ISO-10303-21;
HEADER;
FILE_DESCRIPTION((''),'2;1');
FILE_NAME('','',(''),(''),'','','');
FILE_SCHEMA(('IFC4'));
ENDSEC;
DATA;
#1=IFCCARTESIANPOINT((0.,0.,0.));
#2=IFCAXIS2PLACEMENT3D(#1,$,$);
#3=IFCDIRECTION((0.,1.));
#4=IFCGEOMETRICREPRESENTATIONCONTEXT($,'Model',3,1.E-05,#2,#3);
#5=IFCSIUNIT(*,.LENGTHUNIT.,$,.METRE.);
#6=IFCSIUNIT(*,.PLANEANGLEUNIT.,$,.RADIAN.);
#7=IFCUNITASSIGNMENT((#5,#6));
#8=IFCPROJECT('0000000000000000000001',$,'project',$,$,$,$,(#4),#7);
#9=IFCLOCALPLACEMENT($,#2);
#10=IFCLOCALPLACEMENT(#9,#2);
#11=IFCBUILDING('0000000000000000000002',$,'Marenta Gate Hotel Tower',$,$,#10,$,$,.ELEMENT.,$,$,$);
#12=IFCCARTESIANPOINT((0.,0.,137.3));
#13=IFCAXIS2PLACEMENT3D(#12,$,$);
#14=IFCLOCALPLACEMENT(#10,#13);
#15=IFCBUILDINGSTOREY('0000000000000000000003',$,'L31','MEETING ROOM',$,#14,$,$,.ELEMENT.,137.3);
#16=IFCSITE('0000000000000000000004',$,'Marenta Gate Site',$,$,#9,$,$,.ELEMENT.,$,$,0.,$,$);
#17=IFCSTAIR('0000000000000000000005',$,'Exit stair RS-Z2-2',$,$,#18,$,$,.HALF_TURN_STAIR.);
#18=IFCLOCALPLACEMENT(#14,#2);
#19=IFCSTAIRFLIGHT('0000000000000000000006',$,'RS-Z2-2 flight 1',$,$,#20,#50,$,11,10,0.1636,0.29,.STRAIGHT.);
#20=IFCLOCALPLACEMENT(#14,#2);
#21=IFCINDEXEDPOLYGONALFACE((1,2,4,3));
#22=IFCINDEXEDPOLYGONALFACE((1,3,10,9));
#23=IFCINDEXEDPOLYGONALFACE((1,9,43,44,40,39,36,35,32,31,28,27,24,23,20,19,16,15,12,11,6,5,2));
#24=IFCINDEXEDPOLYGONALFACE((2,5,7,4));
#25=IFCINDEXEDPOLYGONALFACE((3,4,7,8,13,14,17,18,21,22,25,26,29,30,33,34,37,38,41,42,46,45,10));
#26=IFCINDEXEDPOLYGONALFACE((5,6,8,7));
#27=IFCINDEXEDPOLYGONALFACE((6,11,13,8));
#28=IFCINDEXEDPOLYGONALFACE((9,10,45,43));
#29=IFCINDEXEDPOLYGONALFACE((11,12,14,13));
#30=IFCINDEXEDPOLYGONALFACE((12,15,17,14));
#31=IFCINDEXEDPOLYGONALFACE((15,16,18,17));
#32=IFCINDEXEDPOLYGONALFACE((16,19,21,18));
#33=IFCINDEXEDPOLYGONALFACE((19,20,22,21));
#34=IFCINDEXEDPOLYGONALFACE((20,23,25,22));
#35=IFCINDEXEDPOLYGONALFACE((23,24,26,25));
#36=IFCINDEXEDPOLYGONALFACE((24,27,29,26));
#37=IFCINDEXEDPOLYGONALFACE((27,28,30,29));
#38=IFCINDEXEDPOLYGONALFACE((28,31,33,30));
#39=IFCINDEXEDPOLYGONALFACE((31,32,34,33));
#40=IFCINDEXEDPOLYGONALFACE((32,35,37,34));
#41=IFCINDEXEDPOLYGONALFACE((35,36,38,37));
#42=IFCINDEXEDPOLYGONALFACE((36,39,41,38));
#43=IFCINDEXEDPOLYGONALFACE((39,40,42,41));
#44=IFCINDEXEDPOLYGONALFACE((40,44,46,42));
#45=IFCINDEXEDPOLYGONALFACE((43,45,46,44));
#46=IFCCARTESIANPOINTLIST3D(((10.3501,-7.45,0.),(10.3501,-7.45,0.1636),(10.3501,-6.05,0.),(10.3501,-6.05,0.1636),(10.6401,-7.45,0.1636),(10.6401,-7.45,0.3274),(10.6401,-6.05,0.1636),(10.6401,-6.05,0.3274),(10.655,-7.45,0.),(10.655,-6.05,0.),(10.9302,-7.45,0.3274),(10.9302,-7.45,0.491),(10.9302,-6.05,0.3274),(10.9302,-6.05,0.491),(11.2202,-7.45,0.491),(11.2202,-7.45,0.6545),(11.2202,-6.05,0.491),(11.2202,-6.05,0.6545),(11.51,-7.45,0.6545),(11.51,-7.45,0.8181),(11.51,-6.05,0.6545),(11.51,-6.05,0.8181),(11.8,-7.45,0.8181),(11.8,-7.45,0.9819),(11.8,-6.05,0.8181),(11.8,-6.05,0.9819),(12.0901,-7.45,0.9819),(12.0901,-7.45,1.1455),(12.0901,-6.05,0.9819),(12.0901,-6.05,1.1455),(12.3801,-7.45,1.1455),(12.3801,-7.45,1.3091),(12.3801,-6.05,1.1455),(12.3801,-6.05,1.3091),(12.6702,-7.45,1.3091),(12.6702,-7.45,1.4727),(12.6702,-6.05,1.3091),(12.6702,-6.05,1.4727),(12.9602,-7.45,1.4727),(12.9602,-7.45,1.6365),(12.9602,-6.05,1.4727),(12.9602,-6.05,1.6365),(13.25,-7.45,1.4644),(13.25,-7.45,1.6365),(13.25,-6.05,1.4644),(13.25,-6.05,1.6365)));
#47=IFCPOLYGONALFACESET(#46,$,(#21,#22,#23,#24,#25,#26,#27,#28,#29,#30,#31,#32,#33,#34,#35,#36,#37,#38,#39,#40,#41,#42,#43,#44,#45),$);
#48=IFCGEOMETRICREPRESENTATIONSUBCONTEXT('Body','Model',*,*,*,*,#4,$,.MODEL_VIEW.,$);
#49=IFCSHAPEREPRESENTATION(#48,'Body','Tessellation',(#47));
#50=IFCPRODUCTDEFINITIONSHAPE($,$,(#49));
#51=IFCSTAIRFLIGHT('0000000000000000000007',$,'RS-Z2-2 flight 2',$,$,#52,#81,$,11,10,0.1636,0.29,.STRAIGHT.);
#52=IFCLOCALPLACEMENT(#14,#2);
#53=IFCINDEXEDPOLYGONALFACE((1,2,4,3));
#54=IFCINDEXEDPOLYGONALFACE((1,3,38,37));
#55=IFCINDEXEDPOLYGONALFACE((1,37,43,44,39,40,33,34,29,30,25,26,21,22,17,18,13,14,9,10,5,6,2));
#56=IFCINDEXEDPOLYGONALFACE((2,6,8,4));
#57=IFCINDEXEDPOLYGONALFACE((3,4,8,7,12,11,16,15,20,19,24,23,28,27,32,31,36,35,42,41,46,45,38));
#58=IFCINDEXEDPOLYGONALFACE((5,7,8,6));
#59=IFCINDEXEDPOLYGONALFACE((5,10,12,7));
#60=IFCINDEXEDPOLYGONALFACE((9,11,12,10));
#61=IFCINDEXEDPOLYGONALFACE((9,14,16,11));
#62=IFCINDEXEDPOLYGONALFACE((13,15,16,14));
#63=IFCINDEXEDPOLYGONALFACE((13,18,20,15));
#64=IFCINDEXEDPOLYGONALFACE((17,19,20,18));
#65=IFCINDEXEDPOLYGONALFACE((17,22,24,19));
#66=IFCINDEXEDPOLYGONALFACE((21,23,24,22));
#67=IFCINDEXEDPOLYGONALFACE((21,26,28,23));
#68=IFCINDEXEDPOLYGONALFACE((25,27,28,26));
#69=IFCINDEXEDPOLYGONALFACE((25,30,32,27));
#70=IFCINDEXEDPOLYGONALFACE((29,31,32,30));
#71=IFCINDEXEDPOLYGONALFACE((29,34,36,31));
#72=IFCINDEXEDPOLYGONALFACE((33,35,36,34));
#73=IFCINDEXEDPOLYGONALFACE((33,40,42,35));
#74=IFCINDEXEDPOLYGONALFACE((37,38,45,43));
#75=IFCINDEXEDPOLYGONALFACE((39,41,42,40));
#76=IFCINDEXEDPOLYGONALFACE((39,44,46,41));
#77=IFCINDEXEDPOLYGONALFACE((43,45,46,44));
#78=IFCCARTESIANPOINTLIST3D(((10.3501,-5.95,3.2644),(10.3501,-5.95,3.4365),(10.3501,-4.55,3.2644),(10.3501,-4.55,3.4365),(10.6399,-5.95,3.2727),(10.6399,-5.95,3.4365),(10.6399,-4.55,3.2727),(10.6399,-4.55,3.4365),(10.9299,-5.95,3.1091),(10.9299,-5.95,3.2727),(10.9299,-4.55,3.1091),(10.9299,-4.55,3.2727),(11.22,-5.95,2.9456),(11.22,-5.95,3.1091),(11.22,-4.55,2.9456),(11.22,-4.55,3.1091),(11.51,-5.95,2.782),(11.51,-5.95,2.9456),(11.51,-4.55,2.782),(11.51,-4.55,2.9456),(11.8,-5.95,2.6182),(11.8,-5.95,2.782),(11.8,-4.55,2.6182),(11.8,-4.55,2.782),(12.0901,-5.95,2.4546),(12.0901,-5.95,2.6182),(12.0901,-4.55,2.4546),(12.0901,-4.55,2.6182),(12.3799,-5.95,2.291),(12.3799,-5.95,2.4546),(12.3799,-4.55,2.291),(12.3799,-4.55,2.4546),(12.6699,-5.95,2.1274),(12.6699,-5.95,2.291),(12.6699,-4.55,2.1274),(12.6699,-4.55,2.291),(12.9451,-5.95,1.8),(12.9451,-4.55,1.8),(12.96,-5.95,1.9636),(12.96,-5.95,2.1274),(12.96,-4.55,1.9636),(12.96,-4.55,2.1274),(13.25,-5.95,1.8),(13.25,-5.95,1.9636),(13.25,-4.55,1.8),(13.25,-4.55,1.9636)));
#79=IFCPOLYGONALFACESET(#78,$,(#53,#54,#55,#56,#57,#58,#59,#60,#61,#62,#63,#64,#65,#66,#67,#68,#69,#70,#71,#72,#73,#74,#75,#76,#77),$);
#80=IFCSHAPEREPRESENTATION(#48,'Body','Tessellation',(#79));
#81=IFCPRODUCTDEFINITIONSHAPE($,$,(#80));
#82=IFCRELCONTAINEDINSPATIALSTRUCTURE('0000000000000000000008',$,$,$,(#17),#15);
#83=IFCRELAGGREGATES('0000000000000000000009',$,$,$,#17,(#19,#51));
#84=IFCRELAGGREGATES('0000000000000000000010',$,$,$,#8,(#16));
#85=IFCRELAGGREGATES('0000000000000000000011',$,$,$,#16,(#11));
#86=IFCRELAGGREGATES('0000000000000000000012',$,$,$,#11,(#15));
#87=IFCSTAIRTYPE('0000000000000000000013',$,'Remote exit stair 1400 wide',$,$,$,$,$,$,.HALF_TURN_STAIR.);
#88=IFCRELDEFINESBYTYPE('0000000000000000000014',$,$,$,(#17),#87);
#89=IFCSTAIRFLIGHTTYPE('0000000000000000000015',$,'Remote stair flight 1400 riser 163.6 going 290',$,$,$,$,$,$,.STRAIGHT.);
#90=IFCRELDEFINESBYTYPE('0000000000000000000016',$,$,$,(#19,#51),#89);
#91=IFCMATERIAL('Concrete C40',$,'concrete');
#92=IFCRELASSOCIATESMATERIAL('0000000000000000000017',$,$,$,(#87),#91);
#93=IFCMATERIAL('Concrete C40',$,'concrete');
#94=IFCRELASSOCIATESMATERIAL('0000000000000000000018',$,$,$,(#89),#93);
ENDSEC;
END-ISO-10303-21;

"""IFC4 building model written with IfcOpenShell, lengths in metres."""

from ifc_helpers import new_model, si_unit, direction, frame, origin, place, context, subcontext, project, spatial, polyline, outline, extrude, material, type_object, element, aggregate, save


model = new_model("IFC4")

# Units and contexts
model_context = context("Model", 3, precision=1e-05, world=origin(), true_north=direction((0.0, 1.0)))
body_context = subcontext(model_context, "Body", "Model", "MODEL_VIEW")
ifc_project = project(units=[si_unit("LENGTHUNIT", "METRE"), si_unit("PLANEANGLEUNIT", "RADIAN")], contexts=[model_context])

# Site, building, storey
site_placement = place(None, origin())
site = spatial("IfcSite", under=ifc_project, at=site_placement, Name="Marenta Gate Site", CompositionType="ELEMENT", RefElevation=0.0)
building_placement = place(site_placement, origin())
building = spatial("IfcBuilding", under=site, at=building_placement, Name="Marenta Gate Hotel Tower", CompositionType="ELEMENT")
storey_placement = place(building_placement, frame((0.0, 0.0, 137.3)))
storey = spatial("IfcBuildingStorey", under=building, at=storey_placement, Name="L31", Description="MEETING ROOM", CompositionType="ELEMENT", Elevation=137.3)

# Shared definitions
ifc_material_1 = material(Name="Concrete C40", Category="concrete")
stair_type_1 = type_object("IfcStairType", Name="Remote exit stair 1400 wide", PredefinedType="HALF_TURN_STAIR", material=ifc_material_1)

# Stair, stair flights
stair_1_placement = place(storey_placement, origin())
stair_1 = element("IfcStair", 1, at=stair_1_placement, inside=storey, type_object=stair_type_1, Name="Exit stair RS-Z2-2", PredefinedType="HALF_TURN_STAIR")
ifc_material_2 = material(Name="Concrete C40", Category="concrete")
stair_flight_type = type_object("IfcStairFlightType", Name="Remote stair flight 1400 riser 163.6 going 290", PredefinedType="STRAIGHT", material=ifc_material_2)
stair_flight_1_placement = place(storey_placement, frame((10.3501, -6.75, 0.0), z_axis=(0.0, 0.0, 1.0), x_axis=(1.0, 0.0, 0.0)))
stair_flight_1 = element("IfcStairFlight", 2, at=stair_flight_1_placement, type_object=stair_flight_type, Name="RS-Z2-2 flight 1", NumberOfRisers=11, NumberOfTreads=10, PredefinedType="STRAIGHT", RiserHeight=0.1636, TreadLength=0.29, context=body_context, shape_type="SweptSolid", body=[
    extrude(outline(polyline([(0.0, 0.0), (0.0, 0.1636), (0.29, 0.1636), (0.29, 0.3274), (0.5801, 0.3274), (0.5801, 0.491), (0.8701, 0.491), (0.8701, 0.6545), (1.1599, 0.6545), (1.1599, 0.8181), (1.45, 0.8181), (1.45, 0.9819), (1.74, 0.9819), (1.74, 1.1455), (2.03, 1.1455), (2.03, 1.3091), (2.3201, 1.3091), (2.3201, 1.4727), (2.6101, 1.4727), (2.6101, 1.6365), (2.8999, 1.6365), (2.8999, 1.8), (2.8999, 1.4644), (0.3049, 0.0), (0.0, 0.0)])), frame((0.0, 0.7, 0.0), z_axis=(0.0, -1.0, 0.0), x_axis=(1.0, 0.0, 0.0)), (0.0, 0.0, 1.0), 1.3999),
])
stair_flight_2_placement = place(storey_placement, frame((13.25, -5.25, 1.8), z_axis=(0.0, 0.0, 1.0), x_axis=(-1.0, 0.0, 0.0)))
stair_flight_2 = element("IfcStairFlight", 3, at=stair_flight_2_placement, type_object=stair_flight_type, Name="RS-Z2-2 flight 2", NumberOfRisers=11, NumberOfTreads=10, PredefinedType="STRAIGHT", RiserHeight=0.1636, TreadLength=0.29, context=body_context, shape_type="SweptSolid", body=[
    extrude(outline(polyline([(0.0, 0.0), (0.0, 0.1636), (0.29, 0.1636), (0.29, 0.3274), (0.5801, 0.3274), (0.5801, 0.491), (0.8701, 0.491), (0.8701, 0.6545), (1.1599, 0.6545), (1.1599, 0.8181), (1.45, 0.8181), (1.45, 0.9819), (1.74, 0.9819), (1.74, 1.1455), (2.03, 1.1455), (2.03, 1.3091), (2.3201, 1.3091), (2.3201, 1.4727), (2.6101, 1.4727), (2.6101, 1.6365), (2.8999, 1.6365), (2.8999, 1.8), (2.8999, 1.4644), (0.3049, 0.0), (0.0, 0.0)])), frame((0.0, 0.7, 0.0), z_axis=(0.0, -1.0, 0.0), x_axis=(1.0, 0.0, 0.0)), (0.0, 0.0, 1.0), 1.3999),
])
aggregate(stair_1, [stair_flight_1, stair_flight_2])

save(model, "model.ifc")
